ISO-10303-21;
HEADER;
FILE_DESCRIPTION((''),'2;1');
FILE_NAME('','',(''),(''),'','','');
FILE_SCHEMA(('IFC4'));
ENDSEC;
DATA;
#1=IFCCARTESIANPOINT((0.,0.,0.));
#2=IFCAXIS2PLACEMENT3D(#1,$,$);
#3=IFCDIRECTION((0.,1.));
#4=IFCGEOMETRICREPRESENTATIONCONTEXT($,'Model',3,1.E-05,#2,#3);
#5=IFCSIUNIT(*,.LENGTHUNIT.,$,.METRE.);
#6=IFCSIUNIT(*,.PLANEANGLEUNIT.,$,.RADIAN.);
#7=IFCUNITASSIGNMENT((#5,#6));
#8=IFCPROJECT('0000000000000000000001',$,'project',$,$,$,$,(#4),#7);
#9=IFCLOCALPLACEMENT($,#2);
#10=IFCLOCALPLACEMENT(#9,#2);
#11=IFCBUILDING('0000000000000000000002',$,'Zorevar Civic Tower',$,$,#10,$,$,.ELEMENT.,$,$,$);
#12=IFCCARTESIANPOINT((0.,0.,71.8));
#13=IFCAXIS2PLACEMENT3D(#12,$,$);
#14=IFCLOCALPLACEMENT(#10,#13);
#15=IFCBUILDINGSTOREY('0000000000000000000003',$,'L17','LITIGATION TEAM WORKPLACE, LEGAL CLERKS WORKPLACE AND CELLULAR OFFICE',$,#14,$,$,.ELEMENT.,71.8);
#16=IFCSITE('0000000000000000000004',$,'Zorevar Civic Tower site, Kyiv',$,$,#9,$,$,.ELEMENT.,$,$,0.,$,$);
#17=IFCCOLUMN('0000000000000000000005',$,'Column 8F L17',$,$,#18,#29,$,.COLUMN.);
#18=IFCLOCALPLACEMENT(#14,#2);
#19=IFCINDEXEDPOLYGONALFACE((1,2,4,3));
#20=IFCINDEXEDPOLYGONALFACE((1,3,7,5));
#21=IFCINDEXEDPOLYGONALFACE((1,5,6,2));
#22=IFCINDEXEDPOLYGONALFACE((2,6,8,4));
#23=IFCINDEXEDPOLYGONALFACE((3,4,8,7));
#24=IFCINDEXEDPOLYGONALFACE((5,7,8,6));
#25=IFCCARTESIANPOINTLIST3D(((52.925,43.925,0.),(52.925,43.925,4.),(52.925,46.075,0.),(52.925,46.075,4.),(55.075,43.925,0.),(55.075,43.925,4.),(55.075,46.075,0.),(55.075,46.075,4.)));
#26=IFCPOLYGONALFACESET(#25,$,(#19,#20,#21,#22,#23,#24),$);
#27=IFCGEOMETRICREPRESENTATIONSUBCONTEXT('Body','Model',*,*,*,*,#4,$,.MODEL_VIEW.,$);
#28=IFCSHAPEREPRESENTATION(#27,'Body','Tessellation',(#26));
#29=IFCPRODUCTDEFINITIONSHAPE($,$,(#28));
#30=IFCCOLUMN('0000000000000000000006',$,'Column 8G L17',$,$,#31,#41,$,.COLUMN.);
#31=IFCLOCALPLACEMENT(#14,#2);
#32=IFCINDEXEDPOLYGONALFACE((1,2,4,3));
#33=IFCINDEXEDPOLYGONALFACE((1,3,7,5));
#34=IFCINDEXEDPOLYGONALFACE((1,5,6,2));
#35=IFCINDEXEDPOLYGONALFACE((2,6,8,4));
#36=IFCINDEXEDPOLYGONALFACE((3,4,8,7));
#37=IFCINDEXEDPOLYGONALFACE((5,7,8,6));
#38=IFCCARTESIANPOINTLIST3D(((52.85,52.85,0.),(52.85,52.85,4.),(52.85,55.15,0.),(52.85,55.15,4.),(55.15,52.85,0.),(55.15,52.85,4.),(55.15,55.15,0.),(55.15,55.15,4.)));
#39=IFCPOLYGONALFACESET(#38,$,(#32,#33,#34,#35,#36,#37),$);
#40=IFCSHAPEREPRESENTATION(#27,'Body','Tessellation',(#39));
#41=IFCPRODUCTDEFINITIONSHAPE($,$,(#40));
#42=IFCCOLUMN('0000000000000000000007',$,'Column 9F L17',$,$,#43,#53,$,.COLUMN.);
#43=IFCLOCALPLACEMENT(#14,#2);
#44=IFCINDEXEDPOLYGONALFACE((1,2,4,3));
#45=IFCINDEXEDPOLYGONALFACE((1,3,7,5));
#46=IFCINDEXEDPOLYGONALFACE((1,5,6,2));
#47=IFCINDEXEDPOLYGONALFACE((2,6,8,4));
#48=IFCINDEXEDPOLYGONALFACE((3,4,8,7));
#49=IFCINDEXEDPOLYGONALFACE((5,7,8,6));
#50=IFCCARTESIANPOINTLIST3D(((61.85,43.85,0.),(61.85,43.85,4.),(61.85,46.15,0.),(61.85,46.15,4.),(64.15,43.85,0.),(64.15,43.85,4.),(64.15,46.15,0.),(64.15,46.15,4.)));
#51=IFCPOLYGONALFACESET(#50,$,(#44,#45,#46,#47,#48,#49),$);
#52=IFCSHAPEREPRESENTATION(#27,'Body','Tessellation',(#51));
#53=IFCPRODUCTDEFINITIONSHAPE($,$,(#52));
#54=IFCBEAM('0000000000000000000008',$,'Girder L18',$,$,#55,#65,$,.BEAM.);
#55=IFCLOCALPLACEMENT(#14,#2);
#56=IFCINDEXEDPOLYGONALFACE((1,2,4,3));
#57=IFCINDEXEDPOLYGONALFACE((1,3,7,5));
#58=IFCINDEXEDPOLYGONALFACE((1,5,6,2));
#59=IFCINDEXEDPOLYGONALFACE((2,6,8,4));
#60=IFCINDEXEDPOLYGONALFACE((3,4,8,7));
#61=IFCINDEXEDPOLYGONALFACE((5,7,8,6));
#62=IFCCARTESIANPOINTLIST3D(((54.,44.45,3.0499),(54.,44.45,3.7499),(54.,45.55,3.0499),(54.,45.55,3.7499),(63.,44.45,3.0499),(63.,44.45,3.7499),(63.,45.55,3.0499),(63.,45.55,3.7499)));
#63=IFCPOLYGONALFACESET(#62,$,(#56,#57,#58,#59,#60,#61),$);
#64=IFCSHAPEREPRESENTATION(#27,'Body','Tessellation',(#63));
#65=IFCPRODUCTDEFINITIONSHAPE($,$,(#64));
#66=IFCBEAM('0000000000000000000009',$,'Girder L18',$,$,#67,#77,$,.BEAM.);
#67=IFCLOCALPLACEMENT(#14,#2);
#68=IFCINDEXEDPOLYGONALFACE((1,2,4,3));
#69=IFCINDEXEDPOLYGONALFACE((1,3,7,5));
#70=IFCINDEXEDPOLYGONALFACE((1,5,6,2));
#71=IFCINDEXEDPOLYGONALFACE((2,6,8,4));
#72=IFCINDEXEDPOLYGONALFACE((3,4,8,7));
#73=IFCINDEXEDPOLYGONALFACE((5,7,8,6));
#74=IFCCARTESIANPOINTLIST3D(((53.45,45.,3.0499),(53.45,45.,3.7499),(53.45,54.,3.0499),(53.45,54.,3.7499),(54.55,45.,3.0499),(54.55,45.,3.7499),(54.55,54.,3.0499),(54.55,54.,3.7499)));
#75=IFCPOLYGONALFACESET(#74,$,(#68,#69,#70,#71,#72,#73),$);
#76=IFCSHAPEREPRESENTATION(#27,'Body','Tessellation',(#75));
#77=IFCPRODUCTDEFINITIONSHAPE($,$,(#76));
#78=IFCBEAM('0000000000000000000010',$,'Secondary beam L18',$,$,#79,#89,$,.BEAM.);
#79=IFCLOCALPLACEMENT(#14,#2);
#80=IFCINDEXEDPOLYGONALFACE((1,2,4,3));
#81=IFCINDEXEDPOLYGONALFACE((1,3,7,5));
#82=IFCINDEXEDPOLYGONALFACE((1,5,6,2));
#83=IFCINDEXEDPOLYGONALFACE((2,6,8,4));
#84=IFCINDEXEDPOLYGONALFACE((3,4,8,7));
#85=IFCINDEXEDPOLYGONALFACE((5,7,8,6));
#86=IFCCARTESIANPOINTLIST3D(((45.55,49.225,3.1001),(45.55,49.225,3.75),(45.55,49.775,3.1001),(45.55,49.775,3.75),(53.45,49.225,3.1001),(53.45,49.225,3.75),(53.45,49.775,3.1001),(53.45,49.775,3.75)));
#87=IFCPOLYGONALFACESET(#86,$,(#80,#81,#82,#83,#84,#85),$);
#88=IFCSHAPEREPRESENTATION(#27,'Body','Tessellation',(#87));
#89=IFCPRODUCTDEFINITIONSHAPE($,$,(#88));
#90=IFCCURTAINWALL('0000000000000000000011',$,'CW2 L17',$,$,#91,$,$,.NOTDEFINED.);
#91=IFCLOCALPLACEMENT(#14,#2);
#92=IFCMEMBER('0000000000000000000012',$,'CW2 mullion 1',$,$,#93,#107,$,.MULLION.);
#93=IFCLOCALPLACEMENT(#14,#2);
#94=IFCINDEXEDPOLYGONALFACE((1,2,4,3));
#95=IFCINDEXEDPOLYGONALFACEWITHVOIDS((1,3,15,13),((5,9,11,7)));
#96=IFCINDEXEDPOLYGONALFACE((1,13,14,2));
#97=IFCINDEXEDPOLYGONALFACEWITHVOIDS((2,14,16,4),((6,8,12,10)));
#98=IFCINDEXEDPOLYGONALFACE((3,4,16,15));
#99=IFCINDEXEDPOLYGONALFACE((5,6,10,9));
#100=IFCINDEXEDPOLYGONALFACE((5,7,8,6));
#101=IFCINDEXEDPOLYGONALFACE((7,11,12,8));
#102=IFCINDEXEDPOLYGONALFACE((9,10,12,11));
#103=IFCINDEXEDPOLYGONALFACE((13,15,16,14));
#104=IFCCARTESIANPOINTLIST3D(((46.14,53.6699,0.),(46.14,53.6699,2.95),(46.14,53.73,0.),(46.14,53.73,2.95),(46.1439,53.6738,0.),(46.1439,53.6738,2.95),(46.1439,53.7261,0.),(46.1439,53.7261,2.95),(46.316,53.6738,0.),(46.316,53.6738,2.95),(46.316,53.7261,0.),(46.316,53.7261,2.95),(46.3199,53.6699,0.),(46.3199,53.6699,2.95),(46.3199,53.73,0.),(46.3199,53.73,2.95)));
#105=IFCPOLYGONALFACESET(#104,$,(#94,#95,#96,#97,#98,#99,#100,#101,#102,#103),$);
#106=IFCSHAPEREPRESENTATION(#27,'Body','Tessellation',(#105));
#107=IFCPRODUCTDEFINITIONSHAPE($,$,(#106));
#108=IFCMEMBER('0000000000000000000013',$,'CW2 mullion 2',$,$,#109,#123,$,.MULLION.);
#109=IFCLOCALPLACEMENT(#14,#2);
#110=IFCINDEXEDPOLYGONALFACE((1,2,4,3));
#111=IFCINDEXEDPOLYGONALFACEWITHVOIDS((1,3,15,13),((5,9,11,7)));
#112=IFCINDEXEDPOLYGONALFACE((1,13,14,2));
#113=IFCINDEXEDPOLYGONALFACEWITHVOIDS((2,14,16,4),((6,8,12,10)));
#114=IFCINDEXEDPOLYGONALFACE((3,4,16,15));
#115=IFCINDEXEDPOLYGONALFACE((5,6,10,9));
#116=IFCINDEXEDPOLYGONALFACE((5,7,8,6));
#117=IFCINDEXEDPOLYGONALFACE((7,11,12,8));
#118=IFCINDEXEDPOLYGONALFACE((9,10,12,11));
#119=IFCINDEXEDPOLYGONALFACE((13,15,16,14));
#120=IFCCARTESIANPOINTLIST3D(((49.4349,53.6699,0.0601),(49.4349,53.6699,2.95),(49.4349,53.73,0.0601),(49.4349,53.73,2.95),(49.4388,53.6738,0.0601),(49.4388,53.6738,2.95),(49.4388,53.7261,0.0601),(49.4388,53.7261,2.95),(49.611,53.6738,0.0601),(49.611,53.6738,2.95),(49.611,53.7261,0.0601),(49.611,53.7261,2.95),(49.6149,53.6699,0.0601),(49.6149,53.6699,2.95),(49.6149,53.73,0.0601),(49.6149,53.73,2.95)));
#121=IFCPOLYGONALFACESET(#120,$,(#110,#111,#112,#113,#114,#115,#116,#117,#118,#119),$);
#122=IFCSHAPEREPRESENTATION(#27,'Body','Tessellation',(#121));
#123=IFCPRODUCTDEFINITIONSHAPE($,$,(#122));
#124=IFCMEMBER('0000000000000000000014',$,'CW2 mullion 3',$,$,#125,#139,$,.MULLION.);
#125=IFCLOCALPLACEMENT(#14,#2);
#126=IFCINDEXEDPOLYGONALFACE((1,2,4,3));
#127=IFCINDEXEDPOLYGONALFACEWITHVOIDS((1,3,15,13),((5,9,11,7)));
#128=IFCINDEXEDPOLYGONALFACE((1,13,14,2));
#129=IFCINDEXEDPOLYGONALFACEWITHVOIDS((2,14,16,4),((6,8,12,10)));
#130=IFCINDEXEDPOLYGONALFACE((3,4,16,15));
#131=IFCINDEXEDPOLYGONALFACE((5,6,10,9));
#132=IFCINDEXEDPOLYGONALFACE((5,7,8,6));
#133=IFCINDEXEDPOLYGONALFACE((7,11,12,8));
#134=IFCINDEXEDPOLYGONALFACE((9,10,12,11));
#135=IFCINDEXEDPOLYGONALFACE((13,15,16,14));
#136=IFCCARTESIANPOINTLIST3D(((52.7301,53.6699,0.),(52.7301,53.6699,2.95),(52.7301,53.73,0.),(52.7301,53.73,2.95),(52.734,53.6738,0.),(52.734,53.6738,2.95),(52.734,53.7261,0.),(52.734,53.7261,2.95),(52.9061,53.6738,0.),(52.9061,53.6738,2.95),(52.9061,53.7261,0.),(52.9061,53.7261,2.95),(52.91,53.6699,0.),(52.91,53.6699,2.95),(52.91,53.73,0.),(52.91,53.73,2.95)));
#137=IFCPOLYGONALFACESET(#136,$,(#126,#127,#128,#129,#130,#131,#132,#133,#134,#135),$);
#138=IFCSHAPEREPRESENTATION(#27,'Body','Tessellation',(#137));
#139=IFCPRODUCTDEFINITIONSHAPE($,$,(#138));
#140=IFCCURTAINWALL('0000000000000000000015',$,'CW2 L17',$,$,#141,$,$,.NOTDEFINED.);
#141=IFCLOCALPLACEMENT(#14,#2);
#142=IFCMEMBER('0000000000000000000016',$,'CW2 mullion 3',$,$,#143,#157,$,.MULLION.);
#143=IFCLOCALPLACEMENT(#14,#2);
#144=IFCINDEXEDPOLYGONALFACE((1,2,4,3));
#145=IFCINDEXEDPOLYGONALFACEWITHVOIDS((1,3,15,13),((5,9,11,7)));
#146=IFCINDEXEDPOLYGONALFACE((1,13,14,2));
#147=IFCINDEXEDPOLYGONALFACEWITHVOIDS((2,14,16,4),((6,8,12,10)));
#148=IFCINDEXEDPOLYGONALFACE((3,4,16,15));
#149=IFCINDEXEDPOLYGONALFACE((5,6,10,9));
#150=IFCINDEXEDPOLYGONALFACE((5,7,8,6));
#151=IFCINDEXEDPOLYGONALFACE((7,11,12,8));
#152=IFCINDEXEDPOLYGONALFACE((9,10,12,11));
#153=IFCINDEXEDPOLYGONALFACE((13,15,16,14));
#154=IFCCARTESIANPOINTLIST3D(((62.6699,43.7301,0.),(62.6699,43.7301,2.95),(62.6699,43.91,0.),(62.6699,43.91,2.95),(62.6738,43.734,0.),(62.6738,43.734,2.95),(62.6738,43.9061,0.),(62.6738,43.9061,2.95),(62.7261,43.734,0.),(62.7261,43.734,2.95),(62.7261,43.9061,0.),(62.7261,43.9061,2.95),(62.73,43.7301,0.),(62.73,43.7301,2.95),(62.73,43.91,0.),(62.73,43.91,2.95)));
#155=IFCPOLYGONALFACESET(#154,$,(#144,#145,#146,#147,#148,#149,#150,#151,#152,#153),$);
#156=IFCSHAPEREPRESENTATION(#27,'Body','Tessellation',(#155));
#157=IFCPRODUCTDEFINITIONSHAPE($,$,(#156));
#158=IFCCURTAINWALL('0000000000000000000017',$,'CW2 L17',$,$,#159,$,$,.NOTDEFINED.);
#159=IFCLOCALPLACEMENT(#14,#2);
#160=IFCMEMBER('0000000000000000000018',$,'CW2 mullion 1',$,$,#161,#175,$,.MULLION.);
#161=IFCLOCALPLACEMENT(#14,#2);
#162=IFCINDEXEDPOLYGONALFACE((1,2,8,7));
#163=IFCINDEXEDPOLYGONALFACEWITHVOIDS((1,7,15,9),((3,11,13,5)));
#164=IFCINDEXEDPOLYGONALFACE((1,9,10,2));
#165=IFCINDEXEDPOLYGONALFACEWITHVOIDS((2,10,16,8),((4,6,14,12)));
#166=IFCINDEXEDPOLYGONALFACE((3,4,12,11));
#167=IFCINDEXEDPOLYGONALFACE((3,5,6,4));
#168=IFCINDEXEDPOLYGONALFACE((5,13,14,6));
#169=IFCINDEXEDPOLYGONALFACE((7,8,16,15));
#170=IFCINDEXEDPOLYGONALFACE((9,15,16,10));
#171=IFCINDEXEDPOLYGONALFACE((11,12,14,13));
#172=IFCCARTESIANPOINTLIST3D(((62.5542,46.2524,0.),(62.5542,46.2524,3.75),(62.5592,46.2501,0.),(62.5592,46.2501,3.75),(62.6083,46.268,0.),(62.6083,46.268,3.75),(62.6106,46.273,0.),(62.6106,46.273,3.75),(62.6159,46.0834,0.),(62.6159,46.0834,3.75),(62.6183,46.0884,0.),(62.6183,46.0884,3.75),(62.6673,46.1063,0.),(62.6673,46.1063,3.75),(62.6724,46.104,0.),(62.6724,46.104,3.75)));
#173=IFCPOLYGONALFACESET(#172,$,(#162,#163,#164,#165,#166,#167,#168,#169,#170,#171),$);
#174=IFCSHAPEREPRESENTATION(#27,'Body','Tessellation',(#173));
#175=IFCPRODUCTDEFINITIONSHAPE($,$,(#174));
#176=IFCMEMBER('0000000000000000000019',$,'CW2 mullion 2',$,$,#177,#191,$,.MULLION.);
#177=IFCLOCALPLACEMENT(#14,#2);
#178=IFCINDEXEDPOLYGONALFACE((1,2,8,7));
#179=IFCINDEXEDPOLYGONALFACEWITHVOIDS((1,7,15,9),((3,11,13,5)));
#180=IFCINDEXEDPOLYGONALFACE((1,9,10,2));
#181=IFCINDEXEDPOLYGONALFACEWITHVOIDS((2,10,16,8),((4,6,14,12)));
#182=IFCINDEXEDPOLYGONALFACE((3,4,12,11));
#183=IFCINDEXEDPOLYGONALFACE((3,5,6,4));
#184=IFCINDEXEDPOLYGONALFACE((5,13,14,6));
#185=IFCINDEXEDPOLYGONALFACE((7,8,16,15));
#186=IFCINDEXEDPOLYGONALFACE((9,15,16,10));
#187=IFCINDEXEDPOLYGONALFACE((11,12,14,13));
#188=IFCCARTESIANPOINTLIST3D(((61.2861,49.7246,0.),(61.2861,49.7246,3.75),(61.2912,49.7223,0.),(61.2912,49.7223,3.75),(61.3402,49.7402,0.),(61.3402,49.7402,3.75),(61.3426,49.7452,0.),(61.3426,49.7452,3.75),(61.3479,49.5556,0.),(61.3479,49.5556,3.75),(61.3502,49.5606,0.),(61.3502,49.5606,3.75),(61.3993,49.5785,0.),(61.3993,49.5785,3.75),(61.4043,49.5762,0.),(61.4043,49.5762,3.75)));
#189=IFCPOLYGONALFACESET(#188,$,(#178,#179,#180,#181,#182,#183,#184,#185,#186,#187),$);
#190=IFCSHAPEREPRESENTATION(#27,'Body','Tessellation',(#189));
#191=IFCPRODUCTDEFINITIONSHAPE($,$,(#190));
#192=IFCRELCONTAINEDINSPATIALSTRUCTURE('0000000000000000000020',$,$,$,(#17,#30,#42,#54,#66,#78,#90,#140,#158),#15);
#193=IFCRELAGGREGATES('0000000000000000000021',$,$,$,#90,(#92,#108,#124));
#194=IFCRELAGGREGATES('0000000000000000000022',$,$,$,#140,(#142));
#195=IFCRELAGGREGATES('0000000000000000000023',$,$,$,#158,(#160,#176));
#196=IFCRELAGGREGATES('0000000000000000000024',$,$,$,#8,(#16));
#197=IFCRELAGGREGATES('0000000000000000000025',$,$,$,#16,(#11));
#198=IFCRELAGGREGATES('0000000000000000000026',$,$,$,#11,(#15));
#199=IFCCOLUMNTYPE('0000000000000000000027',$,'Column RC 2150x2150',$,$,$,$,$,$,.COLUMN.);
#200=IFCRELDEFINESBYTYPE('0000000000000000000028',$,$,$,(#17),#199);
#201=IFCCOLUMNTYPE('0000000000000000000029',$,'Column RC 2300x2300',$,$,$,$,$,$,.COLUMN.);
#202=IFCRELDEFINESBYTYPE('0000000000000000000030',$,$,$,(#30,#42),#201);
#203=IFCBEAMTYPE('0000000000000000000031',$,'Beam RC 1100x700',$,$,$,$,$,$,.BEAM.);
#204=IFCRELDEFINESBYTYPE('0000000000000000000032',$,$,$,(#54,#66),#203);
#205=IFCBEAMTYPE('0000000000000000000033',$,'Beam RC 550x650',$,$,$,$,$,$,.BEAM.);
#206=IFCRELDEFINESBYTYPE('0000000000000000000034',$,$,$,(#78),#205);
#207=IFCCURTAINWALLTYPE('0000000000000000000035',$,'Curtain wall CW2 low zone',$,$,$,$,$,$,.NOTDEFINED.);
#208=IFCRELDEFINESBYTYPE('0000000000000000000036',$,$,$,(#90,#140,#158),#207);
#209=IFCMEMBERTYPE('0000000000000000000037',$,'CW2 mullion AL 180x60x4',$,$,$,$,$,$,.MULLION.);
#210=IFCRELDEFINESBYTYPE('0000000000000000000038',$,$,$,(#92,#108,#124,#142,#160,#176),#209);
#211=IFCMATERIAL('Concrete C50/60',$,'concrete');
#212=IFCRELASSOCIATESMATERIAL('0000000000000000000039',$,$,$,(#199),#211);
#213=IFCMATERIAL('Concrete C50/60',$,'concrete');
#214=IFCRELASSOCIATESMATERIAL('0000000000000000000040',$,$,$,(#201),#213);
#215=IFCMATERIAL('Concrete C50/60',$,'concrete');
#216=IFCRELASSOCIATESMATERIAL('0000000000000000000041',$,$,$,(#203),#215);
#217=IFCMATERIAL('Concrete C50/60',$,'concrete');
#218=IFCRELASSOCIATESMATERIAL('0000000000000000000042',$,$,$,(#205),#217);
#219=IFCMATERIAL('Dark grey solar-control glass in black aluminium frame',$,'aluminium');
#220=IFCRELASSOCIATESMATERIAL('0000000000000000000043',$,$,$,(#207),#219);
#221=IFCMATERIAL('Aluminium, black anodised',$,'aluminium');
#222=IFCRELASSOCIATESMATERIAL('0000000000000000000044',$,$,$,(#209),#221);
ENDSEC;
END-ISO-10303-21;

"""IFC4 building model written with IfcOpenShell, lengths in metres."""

from ifc_helpers import new_model, si_unit, direction, frame, origin, origin_2d, place, context, subcontext, project, spatial, rectangle, hollow_rectangle, extrude, material, material_profile, profile_set, type_object, element, aggregate, save


model = new_model("IFC4")

# Units and contexts
model_context = context("Model", 3, precision=1e-05, world=origin(), true_north=direction((0.0, 1.0)))
body_context = subcontext(model_context, "Body", "Model", "MODEL_VIEW")
ifc_project = project(units=[si_unit("LENGTHUNIT", "METRE"), si_unit("PLANEANGLEUNIT", "RADIAN")], contexts=[model_context])

# Site, building, storey
site_placement = place(None, origin())
site = spatial("IfcSite", under=ifc_project, at=site_placement, Name="Zorevar Civic Tower site, Kyiv", CompositionType="ELEMENT", RefElevation=0.0)
building_placement = place(site_placement, origin())
building = spatial("IfcBuilding", under=site, at=building_placement, Name="Zorevar Civic Tower", CompositionType="ELEMENT")
storey_placement = place(building_placement, frame((0.0, 0.0, 71.8)))
storey = spatial("IfcBuildingStorey", under=building, at=storey_placement, Name="L17", Description="LITIGATION TEAM WORKPLACE, LEGAL CLERKS WORKPLACE AND CELLULAR OFFICE", CompositionType="ELEMENT", Elevation=71.8)

# Columns
ifc_material_1 = material(Name="Concrete C50/60", Category="concrete")
ifc_material_profile_1 = material_profile(ifc_material_1, rectangle(XDim=2.1499, YDim=2.1499, at=origin_2d()), Name="RC 2150x2150")
ifc_profile_set_1 = profile_set([ifc_material_profile_1], Name="Concrete C50/60")
column_type_1 = type_object("IfcColumnType", Name="Column RC 2150x2150", PredefinedType="COLUMN", material=ifc_profile_set_1)
column_placement = place(storey_placement, frame((54.0, 45.0, 0.0), z_axis=(0.0, 0.0, 1.0), x_axis=(1.0, 0.0, 0.0)))
element("IfcColumn", 1, at=column_placement, inside=storey, type_object=column_type_1, Name="Column 8F L17", PredefinedType="COLUMN", context=body_context, shape_type="SweptSolid", body=[
    extrude(rectangle(XDim=2.1499, YDim=2.1499, at=origin_2d()), origin(), (0.0, 0.0, 1.0), 4.0),
])
ifc_material_2 = material(Name="Concrete C50/60", Category="concrete")
ifc_material_profile_2 = material_profile(ifc_material_2, rectangle(XDim=2.3, YDim=2.3, at=origin_2d()), Name="RC 2300x2300")
ifc_profile_set_2 = profile_set([ifc_material_profile_2], Name="Concrete C50/60")
column_type_2 = type_object("IfcColumnType", Name="Column RC 2300x2300", PredefinedType="COLUMN", material=ifc_profile_set_2)
for number, where, z_axis, x_axis, name in (
    (2, (54.0, 54.0, 0.0), (0.0, 0.0, 1.0), (1.0, 0.0, 0.0), "Column 8G L17"),
    (3, (63.0, 45.0, 0.0), (0.0, 0.0, 1.0), (1.0, 0.0, 0.0), "Column 9F L17"),
):
    element("IfcColumn", number, at=place(storey_placement, frame(where, z_axis=z_axis, x_axis=x_axis)), inside=storey, type_object=column_type_2, Name=name, PredefinedType="COLUMN", context=body_context, shape_type="SweptSolid", body=[
        extrude(rectangle(XDim=2.3, YDim=2.3, at=origin_2d()), origin(), (0.0, 0.0, 1.0), 4.0),
    ])

# Beams
ifc_material_3 = material(Name="Concrete C50/60", Category="concrete")
ifc_material_profile_3 = material_profile(ifc_material_3, rectangle(XDim=1.1001, YDim=0.7, at=origin_2d()), Name="RC 1100x700")
ifc_profile_set_3 = profile_set([ifc_material_profile_3], Name="Concrete C50/60")
beam_type_1 = type_object("IfcBeamType", Name="Beam RC 1100x700", PredefinedType="BEAM", material=ifc_profile_set_3)
for number, where, z_axis, x_axis, name in (
    (4, (54.0, 45.0, 3.3999), (1.0, 0.0, 0.0), (0.0, 1.0, 0.0), "Girder L18"),
    (5, (54.0, 45.0, 3.3999), (0.0, 1.0, 0.0), (-1.0, 0.0, 0.0), "Girder L18"),
):
    element("IfcBeam", number, at=place(storey_placement, frame(where, z_axis=z_axis, x_axis=x_axis)), inside=storey, type_object=beam_type_1, Name=name, PredefinedType="BEAM", context=body_context, shape_type="SweptSolid", body=[
        extrude(rectangle(XDim=1.1001, YDim=0.7, at=origin_2d()), origin(), (0.0, 0.0, 1.0), 9.0),
    ])
ifc_material_4 = material(Name="Concrete C50/60", Category="concrete")
ifc_material_profile_4 = material_profile(ifc_material_4, rectangle(XDim=0.55, YDim=0.6499, at=origin_2d()), Name="RC 550x650")
ifc_profile_set_4 = profile_set([ifc_material_profile_4], Name="Concrete C50/60")
beam_type_2 = type_object("IfcBeamType", Name="Beam RC 550x650", PredefinedType="BEAM", material=ifc_profile_set_4)
beam_1_placement = place(storey_placement, frame((45.55, 49.5, 3.425), z_axis=(1.0, 0.0, 0.0), x_axis=(0.0, 1.0, 0.0)))
element("IfcBeam", 6, at=beam_1_placement, inside=storey, type_object=beam_type_2, Name="Secondary beam L18", PredefinedType="BEAM", context=body_context, shape_type="SweptSolid", body=[
    extrude(rectangle(XDim=0.55, YDim=0.6499, at=origin_2d()), origin(), (0.0, 0.0, 1.0), 7.8999),
])

# Curtain wall, members
ifc_material_5 = material(Name="Dark grey solar-control glass in black aluminium frame", Category="aluminium")
curtain_wall_type = type_object("IfcCurtainWallType", Name="Curtain wall CW2 low zone", PredefinedType="NOTDEFINED", material=ifc_material_5)
curtain_wall_1_placement = place(storey_placement, origin())
curtain_wall_1 = element("IfcCurtainWall", 7, at=curtain_wall_1_placement, inside=storey, type_object=curtain_wall_type, Name="CW2 L17", PredefinedType="NOTDEFINED")
ifc_material_6 = material(Name="Aluminium, black anodised", Category="aluminium")
ifc_material_profile_5 = material_profile(ifc_material_6, hollow_rectangle(XDim=0.0601, YDim=0.1799, WallThickness=0.0039, at=origin_2d()), Name="AL 180x60x4")
ifc_profile_set_5 = profile_set([ifc_material_profile_5], Name="Aluminium, black anodised")
member_type_1 = type_object("IfcMemberType", Name="CW2 mullion AL 180x60x4", PredefinedType="MULLION", material=ifc_profile_set_5)
member_1_placement = place(storey_placement, frame((46.23, 53.7, 0.0), z_axis=(0.0, 0.0, 1.0), x_axis=(0.0, 1.0, 0.0)))
member_1 = element("IfcMember", 8, at=member_1_placement, type_object=member_type_1, Name="CW2 mullion 1", PredefinedType="MULLION", context=body_context, shape_type="SweptSolid", body=[
    extrude(hollow_rectangle(XDim=0.0601, YDim=0.1799, WallThickness=0.0039, at=origin_2d()), origin(), (0.0, 0.0, 1.0), 2.95),
])
member_2_placement = place(storey_placement, frame((49.5249, 53.7, 0.0601), z_axis=(0.0, 0.0, 1.0), x_axis=(0.0, 1.0, 0.0)))
member_2 = element("IfcMember", 9, at=member_2_placement, type_object=member_type_1, Name="CW2 mullion 2", PredefinedType="MULLION", context=body_context, shape_type="SweptSolid", body=[
    extrude(hollow_rectangle(XDim=0.0601, YDim=0.1799, WallThickness=0.0039, at=origin_2d()), origin(), (0.0, 0.0, 1.0), 2.8899),
])
member_3_placement = place(storey_placement, frame((52.8201, 53.7, 0.0), z_axis=(0.0, 0.0, 1.0), x_axis=(0.0, 1.0, 0.0)))
member_3 = element("IfcMember", 10, at=member_3_placement, type_object=member_type_1, Name="CW2 mullion 3", PredefinedType="MULLION", context=body_context, shape_type="SweptSolid", body=[
    extrude(hollow_rectangle(XDim=0.0601, YDim=0.1799, WallThickness=0.0039, at=origin_2d()), origin(), (0.0, 0.0, 1.0), 2.95),
])

# Curtain wall, member
curtain_wall_2_placement = place(storey_placement, origin())
curtain_wall_2 = element("IfcCurtainWall", 11, at=curtain_wall_2_placement, inside=storey, type_object=curtain_wall_type, Name="CW2 L17", PredefinedType="NOTDEFINED")
member_4_placement = place(storey_placement, frame((62.7, 43.8201, 0.0), z_axis=(0.0, 0.0, 1.0), x_axis=(-1.0, 0.0, 0.0)))
member_4 = element("IfcMember", 12, at=member_4_placement, type_object=member_type_1, Name="CW2 mullion 3", PredefinedType="MULLION", context=body_context, shape_type="SweptSolid", body=[
    extrude(hollow_rectangle(XDim=0.0601, YDim=0.1799, WallThickness=0.0039, at=origin_2d()), origin(), (0.0, 0.0, 1.0), 2.95),
])

# Curtain wall, members
curtain_wall_3_placement = place(storey_placement, origin())
curtain_wall_3 = element("IfcCurtainWall", 13, at=curtain_wall_3_placement, inside=storey, type_object=curtain_wall_type, Name="CW2 L17", PredefinedType="NOTDEFINED")
member_5_placement = place(storey_placement, frame((62.6133, 46.1782, 0.0), z_axis=(0.0, 0.0, 1.0), x_axis=(-0.939313, -0.34306, 0.0)))
member_5 = element("IfcMember", 14, at=member_5_placement, type_object=member_type_1, Name="CW2 mullion 1", PredefinedType="MULLION", context=body_context, shape_type="SweptSolid", body=[
    extrude(hollow_rectangle(XDim=0.0601, YDim=0.1799, WallThickness=0.0039, at=origin_2d()), origin(), (0.0, 0.0, 1.0), 3.75),
])
member_6_placement = place(storey_placement, frame((61.3452, 49.6504, 0.0), z_axis=(0.0, 0.0, 1.0), x_axis=(-0.939313, -0.34306, 0.0)))
member_6 = element("IfcMember", 15, at=member_6_placement, type_object=member_type_1, Name="CW2 mullion 2", PredefinedType="MULLION", context=body_context, shape_type="SweptSolid", body=[
    extrude(hollow_rectangle(XDim=0.0601, YDim=0.1799, WallThickness=0.0039, at=origin_2d()), origin(), (0.0, 0.0, 1.0), 3.75),
])

aggregate(curtain_wall_1, [member_1, member_2, member_3])
aggregate(curtain_wall_2, [member_4])
aggregate(curtain_wall_3, [member_5, member_6])

save(model, "model.ifc")
